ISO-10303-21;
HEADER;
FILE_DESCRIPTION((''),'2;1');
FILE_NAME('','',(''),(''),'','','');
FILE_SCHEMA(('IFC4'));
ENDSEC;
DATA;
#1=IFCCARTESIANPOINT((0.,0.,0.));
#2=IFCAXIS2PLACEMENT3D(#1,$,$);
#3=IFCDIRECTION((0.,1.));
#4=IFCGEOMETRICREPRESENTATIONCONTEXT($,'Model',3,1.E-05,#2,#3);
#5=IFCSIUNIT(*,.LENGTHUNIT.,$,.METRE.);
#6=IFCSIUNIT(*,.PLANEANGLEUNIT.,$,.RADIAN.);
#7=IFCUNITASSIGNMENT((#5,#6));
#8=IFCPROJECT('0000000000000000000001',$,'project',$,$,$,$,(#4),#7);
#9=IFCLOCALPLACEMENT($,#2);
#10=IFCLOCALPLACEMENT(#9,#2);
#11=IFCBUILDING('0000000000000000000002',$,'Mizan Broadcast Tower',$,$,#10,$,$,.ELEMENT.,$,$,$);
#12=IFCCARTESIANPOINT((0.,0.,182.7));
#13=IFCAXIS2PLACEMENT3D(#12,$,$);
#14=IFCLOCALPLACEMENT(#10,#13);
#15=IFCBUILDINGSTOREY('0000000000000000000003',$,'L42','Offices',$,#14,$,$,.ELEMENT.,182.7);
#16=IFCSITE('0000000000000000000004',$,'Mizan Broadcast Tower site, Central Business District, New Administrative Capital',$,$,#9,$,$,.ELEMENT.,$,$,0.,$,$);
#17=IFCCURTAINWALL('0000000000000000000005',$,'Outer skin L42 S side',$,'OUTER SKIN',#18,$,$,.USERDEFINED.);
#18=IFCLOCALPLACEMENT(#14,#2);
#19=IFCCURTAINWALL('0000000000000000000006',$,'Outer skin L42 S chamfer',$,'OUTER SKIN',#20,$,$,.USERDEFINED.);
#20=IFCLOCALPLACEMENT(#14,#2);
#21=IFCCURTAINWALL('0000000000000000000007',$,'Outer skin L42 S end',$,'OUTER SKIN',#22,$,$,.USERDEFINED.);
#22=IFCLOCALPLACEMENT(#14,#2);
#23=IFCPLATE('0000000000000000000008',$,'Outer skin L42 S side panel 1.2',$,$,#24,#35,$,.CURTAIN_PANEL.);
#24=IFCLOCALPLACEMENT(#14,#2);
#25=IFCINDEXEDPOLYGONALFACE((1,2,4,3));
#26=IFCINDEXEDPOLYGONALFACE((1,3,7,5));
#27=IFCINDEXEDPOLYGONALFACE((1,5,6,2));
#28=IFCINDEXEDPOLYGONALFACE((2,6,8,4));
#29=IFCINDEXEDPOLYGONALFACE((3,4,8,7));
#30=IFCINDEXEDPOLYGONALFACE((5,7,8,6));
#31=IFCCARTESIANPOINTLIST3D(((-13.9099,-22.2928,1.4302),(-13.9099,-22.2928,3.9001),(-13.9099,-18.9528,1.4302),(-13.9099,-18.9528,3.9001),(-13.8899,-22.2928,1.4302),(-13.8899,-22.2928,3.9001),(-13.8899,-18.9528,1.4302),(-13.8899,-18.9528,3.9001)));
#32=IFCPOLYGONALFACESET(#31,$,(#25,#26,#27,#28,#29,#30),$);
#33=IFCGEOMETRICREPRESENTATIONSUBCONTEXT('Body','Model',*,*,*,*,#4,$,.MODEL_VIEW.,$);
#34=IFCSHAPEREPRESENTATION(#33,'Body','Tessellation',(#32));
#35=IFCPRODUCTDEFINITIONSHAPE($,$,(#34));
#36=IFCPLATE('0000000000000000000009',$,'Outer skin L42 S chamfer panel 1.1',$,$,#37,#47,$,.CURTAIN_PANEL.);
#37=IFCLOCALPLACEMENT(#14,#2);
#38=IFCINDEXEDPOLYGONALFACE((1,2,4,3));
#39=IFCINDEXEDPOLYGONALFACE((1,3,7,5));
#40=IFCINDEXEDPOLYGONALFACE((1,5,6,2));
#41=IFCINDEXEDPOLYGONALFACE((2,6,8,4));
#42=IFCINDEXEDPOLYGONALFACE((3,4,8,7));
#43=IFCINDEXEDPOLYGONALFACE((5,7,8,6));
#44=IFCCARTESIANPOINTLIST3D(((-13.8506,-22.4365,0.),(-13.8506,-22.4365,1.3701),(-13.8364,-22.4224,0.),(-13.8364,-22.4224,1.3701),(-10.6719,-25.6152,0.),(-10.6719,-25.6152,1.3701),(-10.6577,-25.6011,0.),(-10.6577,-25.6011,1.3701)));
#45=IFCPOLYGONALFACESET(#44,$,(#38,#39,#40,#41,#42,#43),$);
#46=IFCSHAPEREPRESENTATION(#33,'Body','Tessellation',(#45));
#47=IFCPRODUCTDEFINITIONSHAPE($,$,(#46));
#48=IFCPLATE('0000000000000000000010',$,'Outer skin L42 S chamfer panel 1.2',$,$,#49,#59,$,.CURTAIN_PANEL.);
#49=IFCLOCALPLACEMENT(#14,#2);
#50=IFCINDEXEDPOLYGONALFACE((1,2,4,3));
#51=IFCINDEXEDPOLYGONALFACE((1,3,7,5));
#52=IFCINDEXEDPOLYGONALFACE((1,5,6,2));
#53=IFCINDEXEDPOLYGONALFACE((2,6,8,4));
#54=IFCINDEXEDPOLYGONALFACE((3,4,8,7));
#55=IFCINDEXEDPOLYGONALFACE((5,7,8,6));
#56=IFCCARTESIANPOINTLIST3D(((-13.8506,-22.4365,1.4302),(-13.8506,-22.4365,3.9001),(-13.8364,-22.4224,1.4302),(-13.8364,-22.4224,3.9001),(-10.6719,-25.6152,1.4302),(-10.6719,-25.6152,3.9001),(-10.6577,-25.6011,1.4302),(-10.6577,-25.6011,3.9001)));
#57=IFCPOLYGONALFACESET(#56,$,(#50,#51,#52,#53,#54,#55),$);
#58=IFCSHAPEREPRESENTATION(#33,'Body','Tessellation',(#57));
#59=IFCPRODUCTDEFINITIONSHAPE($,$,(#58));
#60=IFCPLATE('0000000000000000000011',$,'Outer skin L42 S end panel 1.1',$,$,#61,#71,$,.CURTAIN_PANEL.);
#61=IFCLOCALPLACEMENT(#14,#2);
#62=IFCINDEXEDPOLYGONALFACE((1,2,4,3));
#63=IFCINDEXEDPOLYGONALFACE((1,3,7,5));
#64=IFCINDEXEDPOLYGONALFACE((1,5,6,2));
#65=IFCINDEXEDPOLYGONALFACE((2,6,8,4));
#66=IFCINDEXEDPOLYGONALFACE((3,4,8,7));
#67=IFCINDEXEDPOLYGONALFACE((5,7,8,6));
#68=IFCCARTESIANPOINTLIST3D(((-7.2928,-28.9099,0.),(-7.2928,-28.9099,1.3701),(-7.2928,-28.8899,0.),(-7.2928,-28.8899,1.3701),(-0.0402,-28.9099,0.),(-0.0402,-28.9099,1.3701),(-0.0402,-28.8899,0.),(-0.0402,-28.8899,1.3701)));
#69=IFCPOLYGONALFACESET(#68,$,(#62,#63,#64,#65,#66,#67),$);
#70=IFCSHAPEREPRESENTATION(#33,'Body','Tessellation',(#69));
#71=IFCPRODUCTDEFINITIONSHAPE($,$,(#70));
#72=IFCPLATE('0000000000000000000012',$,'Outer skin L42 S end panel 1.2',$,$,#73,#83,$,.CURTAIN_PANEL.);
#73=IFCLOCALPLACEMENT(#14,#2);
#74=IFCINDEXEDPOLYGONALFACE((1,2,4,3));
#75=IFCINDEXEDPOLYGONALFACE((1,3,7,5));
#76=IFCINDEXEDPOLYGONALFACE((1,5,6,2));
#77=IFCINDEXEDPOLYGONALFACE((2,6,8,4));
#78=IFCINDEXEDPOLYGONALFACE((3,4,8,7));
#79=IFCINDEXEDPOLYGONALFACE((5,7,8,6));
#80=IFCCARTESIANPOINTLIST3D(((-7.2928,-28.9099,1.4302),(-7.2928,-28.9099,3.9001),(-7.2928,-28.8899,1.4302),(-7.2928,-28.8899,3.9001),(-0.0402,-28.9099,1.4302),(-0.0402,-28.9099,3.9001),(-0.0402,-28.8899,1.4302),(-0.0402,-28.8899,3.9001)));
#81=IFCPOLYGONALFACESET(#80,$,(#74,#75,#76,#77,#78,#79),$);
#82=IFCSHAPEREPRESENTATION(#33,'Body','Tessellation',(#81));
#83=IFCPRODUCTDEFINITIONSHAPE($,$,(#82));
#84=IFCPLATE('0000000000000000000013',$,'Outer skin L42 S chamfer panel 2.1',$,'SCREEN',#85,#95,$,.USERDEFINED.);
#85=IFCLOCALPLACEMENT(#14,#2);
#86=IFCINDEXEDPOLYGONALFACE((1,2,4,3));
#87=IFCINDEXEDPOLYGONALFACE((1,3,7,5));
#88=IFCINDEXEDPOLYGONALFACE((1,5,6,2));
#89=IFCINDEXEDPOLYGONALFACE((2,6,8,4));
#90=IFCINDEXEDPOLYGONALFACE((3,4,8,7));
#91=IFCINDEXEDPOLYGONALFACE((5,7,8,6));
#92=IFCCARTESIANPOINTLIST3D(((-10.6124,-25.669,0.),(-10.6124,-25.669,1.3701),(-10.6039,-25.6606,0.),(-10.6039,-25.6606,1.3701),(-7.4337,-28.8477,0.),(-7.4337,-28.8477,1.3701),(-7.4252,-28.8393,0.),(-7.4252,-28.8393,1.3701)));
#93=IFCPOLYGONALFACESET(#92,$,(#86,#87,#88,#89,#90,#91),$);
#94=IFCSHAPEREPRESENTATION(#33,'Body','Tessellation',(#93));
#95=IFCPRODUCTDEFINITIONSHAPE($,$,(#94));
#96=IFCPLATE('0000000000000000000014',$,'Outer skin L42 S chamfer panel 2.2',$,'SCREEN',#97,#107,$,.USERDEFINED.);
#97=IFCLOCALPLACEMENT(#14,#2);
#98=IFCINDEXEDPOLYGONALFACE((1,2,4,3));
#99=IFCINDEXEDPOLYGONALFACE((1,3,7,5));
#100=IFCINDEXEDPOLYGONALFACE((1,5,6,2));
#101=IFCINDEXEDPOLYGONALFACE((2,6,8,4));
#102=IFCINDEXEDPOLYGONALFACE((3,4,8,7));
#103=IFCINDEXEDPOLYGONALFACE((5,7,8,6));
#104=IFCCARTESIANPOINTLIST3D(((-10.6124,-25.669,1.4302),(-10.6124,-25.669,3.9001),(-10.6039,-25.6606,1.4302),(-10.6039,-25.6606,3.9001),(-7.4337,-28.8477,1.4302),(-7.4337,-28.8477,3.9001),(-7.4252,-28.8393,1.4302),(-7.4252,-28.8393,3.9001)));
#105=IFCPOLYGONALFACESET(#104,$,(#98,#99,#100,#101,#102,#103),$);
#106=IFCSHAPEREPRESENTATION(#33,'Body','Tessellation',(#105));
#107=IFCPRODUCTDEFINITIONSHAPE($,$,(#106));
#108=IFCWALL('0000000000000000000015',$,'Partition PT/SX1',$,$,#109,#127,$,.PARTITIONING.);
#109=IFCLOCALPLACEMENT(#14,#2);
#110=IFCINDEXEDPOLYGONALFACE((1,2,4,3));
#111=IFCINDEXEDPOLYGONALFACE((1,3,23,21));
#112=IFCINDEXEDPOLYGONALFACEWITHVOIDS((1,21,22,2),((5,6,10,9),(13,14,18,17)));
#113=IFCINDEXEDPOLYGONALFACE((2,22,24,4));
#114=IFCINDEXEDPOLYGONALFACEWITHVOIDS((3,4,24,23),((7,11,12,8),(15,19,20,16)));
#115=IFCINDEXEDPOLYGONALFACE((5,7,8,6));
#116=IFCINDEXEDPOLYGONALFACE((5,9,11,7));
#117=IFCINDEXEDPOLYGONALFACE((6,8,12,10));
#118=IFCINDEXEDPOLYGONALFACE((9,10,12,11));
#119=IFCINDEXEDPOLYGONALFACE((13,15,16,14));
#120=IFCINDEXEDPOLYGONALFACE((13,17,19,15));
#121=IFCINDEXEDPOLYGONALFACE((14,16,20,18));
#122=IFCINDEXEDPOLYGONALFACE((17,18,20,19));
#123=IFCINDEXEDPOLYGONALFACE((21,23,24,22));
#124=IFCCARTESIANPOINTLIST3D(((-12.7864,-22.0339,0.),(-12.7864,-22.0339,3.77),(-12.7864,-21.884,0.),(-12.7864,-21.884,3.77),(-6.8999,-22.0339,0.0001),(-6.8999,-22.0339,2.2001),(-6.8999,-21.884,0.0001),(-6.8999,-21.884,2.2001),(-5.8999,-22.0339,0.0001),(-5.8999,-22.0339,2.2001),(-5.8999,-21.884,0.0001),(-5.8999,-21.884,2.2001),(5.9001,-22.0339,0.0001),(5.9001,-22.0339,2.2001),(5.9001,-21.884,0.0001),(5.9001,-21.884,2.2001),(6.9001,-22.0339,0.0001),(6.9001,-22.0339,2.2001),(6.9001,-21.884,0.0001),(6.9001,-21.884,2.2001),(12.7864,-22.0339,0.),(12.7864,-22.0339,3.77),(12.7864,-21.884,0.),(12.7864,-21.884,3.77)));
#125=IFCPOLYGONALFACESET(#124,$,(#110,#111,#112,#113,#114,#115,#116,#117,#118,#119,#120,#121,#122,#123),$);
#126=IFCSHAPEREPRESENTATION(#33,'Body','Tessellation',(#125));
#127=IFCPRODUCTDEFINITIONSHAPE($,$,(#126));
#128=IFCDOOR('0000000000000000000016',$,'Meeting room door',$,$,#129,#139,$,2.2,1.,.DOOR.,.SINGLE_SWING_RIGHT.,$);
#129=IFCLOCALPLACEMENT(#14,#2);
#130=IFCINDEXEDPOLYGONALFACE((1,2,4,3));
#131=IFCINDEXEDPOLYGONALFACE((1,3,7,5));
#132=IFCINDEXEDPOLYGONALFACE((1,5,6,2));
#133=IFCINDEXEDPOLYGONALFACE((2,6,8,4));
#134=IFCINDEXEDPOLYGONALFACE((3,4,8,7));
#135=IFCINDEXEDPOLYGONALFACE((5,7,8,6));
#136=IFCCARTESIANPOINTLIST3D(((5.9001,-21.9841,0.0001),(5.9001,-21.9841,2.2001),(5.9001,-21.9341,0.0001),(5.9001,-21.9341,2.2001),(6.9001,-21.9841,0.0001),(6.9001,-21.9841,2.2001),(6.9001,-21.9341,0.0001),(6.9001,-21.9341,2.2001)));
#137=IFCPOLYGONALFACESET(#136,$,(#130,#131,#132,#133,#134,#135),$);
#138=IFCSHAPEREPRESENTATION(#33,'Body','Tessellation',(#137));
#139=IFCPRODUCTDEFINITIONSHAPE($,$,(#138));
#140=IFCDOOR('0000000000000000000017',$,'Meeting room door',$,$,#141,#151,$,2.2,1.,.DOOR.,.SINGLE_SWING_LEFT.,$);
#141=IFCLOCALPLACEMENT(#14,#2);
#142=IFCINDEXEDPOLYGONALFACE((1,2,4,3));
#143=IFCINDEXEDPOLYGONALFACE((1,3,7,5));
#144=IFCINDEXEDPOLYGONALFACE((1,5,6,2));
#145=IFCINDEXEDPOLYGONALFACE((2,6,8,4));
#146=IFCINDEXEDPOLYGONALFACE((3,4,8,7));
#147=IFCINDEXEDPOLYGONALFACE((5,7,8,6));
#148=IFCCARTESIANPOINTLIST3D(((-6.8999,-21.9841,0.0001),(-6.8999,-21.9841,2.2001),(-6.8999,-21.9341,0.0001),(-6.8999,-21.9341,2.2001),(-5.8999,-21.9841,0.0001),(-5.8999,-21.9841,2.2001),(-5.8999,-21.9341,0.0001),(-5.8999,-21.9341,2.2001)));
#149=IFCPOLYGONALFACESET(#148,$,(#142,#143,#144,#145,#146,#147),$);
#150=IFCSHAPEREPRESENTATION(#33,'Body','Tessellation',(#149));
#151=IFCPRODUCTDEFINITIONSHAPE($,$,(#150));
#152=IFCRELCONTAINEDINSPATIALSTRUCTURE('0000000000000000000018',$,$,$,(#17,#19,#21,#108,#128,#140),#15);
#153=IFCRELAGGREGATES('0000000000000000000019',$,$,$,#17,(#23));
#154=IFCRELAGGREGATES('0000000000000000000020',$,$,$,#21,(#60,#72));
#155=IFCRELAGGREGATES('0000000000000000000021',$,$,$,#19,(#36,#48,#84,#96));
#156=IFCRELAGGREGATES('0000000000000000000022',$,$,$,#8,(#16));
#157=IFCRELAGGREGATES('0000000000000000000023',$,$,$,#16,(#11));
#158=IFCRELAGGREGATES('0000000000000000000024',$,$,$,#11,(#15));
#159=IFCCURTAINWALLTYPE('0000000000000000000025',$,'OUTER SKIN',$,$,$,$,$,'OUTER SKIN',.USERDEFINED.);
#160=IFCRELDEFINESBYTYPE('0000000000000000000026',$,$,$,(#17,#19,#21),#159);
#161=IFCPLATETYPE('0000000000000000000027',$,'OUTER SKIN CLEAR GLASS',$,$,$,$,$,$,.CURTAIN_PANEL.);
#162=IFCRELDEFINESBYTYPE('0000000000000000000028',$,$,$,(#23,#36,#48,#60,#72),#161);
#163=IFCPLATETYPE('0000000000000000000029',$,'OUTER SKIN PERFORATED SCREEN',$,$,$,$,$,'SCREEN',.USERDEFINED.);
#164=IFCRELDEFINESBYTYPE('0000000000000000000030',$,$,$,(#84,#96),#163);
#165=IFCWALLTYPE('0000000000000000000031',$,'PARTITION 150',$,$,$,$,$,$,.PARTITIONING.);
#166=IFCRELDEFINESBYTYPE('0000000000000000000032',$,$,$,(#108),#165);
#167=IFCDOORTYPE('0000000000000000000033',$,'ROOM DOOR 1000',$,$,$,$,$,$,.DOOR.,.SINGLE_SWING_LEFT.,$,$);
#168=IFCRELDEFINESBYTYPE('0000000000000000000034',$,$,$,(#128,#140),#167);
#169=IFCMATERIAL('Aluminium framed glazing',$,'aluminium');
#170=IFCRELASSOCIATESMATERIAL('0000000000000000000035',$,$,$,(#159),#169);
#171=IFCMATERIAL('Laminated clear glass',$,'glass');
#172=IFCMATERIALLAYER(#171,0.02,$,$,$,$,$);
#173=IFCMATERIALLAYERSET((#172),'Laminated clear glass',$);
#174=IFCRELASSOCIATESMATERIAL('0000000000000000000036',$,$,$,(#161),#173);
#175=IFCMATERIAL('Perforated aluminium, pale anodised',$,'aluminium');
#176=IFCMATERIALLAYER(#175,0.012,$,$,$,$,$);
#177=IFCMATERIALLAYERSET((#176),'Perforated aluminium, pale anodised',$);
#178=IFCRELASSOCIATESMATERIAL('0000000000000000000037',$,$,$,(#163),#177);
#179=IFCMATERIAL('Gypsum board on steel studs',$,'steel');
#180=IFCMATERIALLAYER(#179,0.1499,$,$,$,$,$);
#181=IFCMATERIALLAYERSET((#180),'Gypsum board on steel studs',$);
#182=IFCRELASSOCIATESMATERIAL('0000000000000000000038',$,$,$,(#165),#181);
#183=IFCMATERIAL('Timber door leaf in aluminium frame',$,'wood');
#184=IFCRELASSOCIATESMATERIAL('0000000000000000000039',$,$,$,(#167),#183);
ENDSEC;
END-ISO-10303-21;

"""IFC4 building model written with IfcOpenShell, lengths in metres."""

from ifc_helpers import new_model, si_unit, direction, frame, frame_2d, origin, origin_2d, place, context, subcontext, project, spatial, rectangle, extrude, material, layer, layer_set, type_object, element, fill, aggregate, save


model = new_model("IFC4")

# Units and contexts
model_context = context("Model", 3, precision=1e-05, world=origin(), true_north=direction((0.0, 1.0)))
body_context = subcontext(model_context, "Body", "Model", "MODEL_VIEW")
ifc_project = project(units=[si_unit("LENGTHUNIT", "METRE"), si_unit("PLANEANGLEUNIT", "RADIAN")], contexts=[model_context])

# Site, building, storey
site_placement = place(None, origin())
site = spatial("IfcSite", under=ifc_project, at=site_placement, Name="Mizan Broadcast Tower site, Central Business District, New Administrative Capital", CompositionType="ELEMENT", RefElevation=0.0)
building_placement = place(site_placement, origin())
building = spatial("IfcBuilding", under=site, at=building_placement, Name="Mizan Broadcast Tower", CompositionType="ELEMENT")
storey_placement = place(building_placement, frame((0.0, 0.0, 182.7)))
storey = spatial("IfcBuildingStorey", under=building, at=storey_placement, Name="L42", Description="Offices", CompositionType="ELEMENT", Elevation=182.7)

# Curtain wall
ifc_material_1 = material(Name="Aluminium framed glazing", Category="aluminium")
curtain_wall_type_1 = type_object("IfcCurtainWallType", Name="OUTER SKIN", ElementType="OUTER SKIN", PredefinedType="USERDEFINED", material=ifc_material_1)
curtain_wall_1_placement = place(storey_placement, origin())
curtain_wall_1 = element("IfcCurtainWall", 1, at=curtain_wall_1_placement, inside=storey, type_object=curtain_wall_type_1, Name="Outer skin L42 S side", ObjectType="OUTER SKIN", PredefinedType="USERDEFINED")

# Curtain wall
curtain_wall_2_placement = place(storey_placement, origin())
curtain_wall_2 = element("IfcCurtainWall", 2, at=curtain_wall_2_placement, inside=storey, type_object=curtain_wall_type_1, Name="Outer skin L42 S chamfer", ObjectType="OUTER SKIN", PredefinedType="USERDEFINED")

# Curtain wall
curtain_wall_3_placement = place(storey_placement, origin())
curtain_wall_3 = element("IfcCurtainWall", 3, at=curtain_wall_3_placement, inside=storey, type_object=curtain_wall_type_1, Name="Outer skin L42 S end", ObjectType="OUTER SKIN", PredefinedType="USERDEFINED")

# Plates
ifc_material_2 = material(Name="Laminated clear glass", Category="glass")
ifc_layer_1 = layer(ifc_material_2, 0.02)
ifc_layer_set_1 = layer_set([ifc_layer_1], Name="Laminated clear glass")
plate_type_1 = type_object("IfcPlateType", Name="OUTER SKIN CLEAR GLASS", PredefinedType="CURTAIN_PANEL", material=ifc_layer_set_1)
plate_1_placement = place(storey_placement, frame((-13.8999, -20.6228, 1.4302), z_axis=(0.0, 0.0, 1.0), x_axis=(0.0, -1.0, 0.0)))
plate_1 = element("IfcPlate", 4, at=plate_1_placement, type_object=plate_type_1, Name="Outer skin L42 S side panel 1.2", PredefinedType="CURTAIN_PANEL", context=body_context, shape_type="SweptSolid", body=[
    extrude(rectangle(XDim=3.3401, YDim=0.02, at=origin_2d()), origin(), (0.0, 0.0, 1.0), 2.47),
])
aggregate(curtain_wall_1, [plate_1])
plate_2_placement = place(storey_placement, frame((-12.2542, -24.0188, 0.0), z_axis=(0.0, 0.0, 1.0), x_axis=(0.707107, -0.707107, 0.0)))
plate_2 = element("IfcPlate", 5, at=plate_2_placement, type_object=plate_type_1, Name="Outer skin L42 S chamfer panel 1.1", PredefinedType="CURTAIN_PANEL", context=body_context, shape_type="SweptSolid", body=[
    extrude(rectangle(XDim=4.4954, YDim=0.02, at=origin_2d()), origin(), (0.0, 0.0, 1.0), 1.3701),
])
plate_3_placement = place(storey_placement, frame((-12.2542, -24.0188, 1.4302), z_axis=(0.0, 0.0, 1.0), x_axis=(0.707107, -0.707107, 0.0)))
plate_3 = element("IfcPlate", 6, at=plate_3_placement, type_object=plate_type_1, Name="Outer skin L42 S chamfer panel 1.2", PredefinedType="CURTAIN_PANEL", context=body_context, shape_type="SweptSolid", body=[
    extrude(rectangle(XDim=4.4954, YDim=0.02, at=origin_2d()), origin(), (0.0, 0.0, 1.0), 2.47),
])
plate_4_placement = place(storey_placement, frame((-3.6665, -28.8999, 0.0), z_axis=(0.0, 0.0, 1.0), x_axis=(1.0, 0.0, 0.0)))
plate_4 = element("IfcPlate", 7, at=plate_4_placement, type_object=plate_type_1, Name="Outer skin L42 S end panel 1.1", PredefinedType="CURTAIN_PANEL", context=body_context, shape_type="SweptSolid", body=[
    extrude(rectangle(XDim=7.2527, YDim=0.02, at=origin_2d()), origin(), (0.0, 0.0, 1.0), 1.3701),
])
plate_5_placement = place(storey_placement, frame((-3.6665, -28.8999, 1.4302), z_axis=(0.0, 0.0, 1.0), x_axis=(1.0, 0.0, 0.0)))
plate_5 = element("IfcPlate", 8, at=plate_5_placement, type_object=plate_type_1, Name="Outer skin L42 S end panel 1.2", PredefinedType="CURTAIN_PANEL", context=body_context, shape_type="SweptSolid", body=[
    extrude(rectangle(XDim=7.2527, YDim=0.02, at=origin_2d()), origin(), (0.0, 0.0, 1.0), 2.47),
])
aggregate(curtain_wall_3, [plate_4, plate_5])
ifc_material_3 = material(Name="Perforated aluminium, pale anodised", Category="aluminium")
ifc_layer_2 = layer(ifc_material_3, 0.012)
ifc_layer_set_2 = layer_set([ifc_layer_2], Name="Perforated aluminium, pale anodised")
plate_type_2 = type_object("IfcPlateType", Name="OUTER SKIN PERFORATED SCREEN", ElementType="SCREEN", PredefinedType="USERDEFINED", material=ifc_layer_set_2)
plate_6_placement = place(storey_placement, frame((-9.0188, -27.2542, 0.0), z_axis=(0.0, 0.0, 1.0), x_axis=(0.707107, -0.707107, 0.0)))
plate_6 = element("IfcPlate", 9, at=plate_6_placement, type_object=plate_type_2, Name="Outer skin L42 S chamfer panel 2.1", ObjectType="SCREEN", PredefinedType="USERDEFINED", context=body_context, shape_type="SweptSolid", body=[
    extrude(rectangle(XDim=4.4954, YDim=0.012, at=origin_2d()), origin(), (0.0, 0.0, 1.0), 1.3701),
])
plate_7_placement = place(storey_placement, frame((-9.0188, -27.2542, 1.4302), z_axis=(0.0, 0.0, 1.0), x_axis=(0.707107, -0.707107, 0.0)))
plate_7 = element("IfcPlate", 10, at=plate_7_placement, type_object=plate_type_2, Name="Outer skin L42 S chamfer panel 2.2", ObjectType="SCREEN", PredefinedType="USERDEFINED", context=body_context, shape_type="SweptSolid", body=[
    extrude(rectangle(XDim=4.4954, YDim=0.012, at=origin_2d()), origin(), (0.0, 0.0, 1.0), 2.47),
])
aggregate(curtain_wall_2, [plate_2, plate_3, plate_6, plate_7])

# Wall, openings, doors
ifc_material_4 = material(Name="Gypsum board on steel studs", Category="steel")
ifc_layer_3 = layer(ifc_material_4, 0.1499)
ifc_layer_set_3 = layer_set([ifc_layer_3], Name="Gypsum board on steel studs")
wall_type = type_object("IfcWallType", Name="PARTITION 150", PredefinedType="PARTITIONING", material=ifc_layer_set_3)
wall_placement = place(storey_placement, frame((-12.7864, -21.959, 0.0), z_axis=(0.0, 0.0, 1.0), x_axis=(1.0, 0.0, 0.0)))
wall = element("IfcWall", 11, at=wall_placement, inside=storey, type_object=wall_type, Name="Partition PT/SX1", PredefinedType="PARTITIONING", context=body_context, shape_type="SweptSolid", body=[
    extrude(rectangle(XDim=25.5728, YDim=0.1499, at=frame_2d((12.7864, 0.0))), origin(), (0.0, 0.0, 1.0), 3.77),
])
opening_1_placement = place(wall_placement, frame((18.6865, 0.0, 0.0)))
opening_1 = element("IfcOpeningElement", 12, at=opening_1_placement, cuts=wall, PredefinedType="OPENING", context=body_context, shape_type="SweptSolid", body=[
    extrude(rectangle(XDim=1.0, YDim=2.2, at=frame_2d((0.5, 1.1001))), frame((0.0, 0.085, 0.0), z_axis=(0.0, -1.0, 0.0), x_axis=(1.0, 0.0, 0.0)), (0.0, 0.0, 1.0), 0.1699),
])
opening_2_placement = place(wall_placement, frame((5.8865, 0.0, 0.0)))
opening_2 = element("IfcOpeningElement", 13, at=opening_2_placement, cuts=wall, PredefinedType="OPENING", context=body_context, shape_type="SweptSolid", body=[
    extrude(rectangle(XDim=1.0, YDim=2.2, at=frame_2d((0.5, 1.1001))), frame((0.0, 0.085, 0.0), z_axis=(0.0, -1.0, 0.0), x_axis=(1.0, 0.0, 0.0)), (0.0, 0.0, 1.0), 0.1699),
])
ifc_material_5 = material(Name="Timber door leaf in aluminium frame", Category="wood")
door_type = type_object("IfcDoorType", Name="ROOM DOOR 1000", OperationType="SINGLE_SWING_LEFT", PredefinedType="DOOR", material=ifc_material_5)
door_1_placement = place(opening_1_placement, origin())
door_1 = element("IfcDoor", 14, at=door_1_placement, inside=storey, type_object=door_type, Name="Meeting room door", OperationType="SINGLE_SWING_RIGHT", OverallHeight=2.2, OverallWidth=1.0, PredefinedType="DOOR", context=body_context, shape_type="SweptSolid", body=[
    extrude(rectangle(XDim=1.0, YDim=2.2, at=frame_2d((0.5, 1.1001))), frame((0.0, 0.0249, 0.0), z_axis=(0.0, -1.0, 0.0), x_axis=(1.0, 0.0, 0.0)), (0.0, 0.0, 1.0), 0.05),
])
fill(opening_1, door_1)
door_2_placement = place(opening_2_placement, origin())
door_2 = element("IfcDoor", 15, at=door_2_placement, inside=storey, type_object=door_type, Name="Meeting room door", OperationType="SINGLE_SWING_LEFT", OverallHeight=2.2, OverallWidth=1.0, PredefinedType="DOOR", context=body_context, shape_type="SweptSolid", body=[
    extrude(rectangle(XDim=1.0, YDim=2.2, at=frame_2d((0.5, 1.1001))), frame((0.0, 0.0249, 0.0), z_axis=(0.0, -1.0, 0.0), x_axis=(1.0, 0.0, 0.0)), (0.0, 0.0, 1.0), 0.05),
])
fill(opening_2, door_2)

save(model, "model.ifc")
